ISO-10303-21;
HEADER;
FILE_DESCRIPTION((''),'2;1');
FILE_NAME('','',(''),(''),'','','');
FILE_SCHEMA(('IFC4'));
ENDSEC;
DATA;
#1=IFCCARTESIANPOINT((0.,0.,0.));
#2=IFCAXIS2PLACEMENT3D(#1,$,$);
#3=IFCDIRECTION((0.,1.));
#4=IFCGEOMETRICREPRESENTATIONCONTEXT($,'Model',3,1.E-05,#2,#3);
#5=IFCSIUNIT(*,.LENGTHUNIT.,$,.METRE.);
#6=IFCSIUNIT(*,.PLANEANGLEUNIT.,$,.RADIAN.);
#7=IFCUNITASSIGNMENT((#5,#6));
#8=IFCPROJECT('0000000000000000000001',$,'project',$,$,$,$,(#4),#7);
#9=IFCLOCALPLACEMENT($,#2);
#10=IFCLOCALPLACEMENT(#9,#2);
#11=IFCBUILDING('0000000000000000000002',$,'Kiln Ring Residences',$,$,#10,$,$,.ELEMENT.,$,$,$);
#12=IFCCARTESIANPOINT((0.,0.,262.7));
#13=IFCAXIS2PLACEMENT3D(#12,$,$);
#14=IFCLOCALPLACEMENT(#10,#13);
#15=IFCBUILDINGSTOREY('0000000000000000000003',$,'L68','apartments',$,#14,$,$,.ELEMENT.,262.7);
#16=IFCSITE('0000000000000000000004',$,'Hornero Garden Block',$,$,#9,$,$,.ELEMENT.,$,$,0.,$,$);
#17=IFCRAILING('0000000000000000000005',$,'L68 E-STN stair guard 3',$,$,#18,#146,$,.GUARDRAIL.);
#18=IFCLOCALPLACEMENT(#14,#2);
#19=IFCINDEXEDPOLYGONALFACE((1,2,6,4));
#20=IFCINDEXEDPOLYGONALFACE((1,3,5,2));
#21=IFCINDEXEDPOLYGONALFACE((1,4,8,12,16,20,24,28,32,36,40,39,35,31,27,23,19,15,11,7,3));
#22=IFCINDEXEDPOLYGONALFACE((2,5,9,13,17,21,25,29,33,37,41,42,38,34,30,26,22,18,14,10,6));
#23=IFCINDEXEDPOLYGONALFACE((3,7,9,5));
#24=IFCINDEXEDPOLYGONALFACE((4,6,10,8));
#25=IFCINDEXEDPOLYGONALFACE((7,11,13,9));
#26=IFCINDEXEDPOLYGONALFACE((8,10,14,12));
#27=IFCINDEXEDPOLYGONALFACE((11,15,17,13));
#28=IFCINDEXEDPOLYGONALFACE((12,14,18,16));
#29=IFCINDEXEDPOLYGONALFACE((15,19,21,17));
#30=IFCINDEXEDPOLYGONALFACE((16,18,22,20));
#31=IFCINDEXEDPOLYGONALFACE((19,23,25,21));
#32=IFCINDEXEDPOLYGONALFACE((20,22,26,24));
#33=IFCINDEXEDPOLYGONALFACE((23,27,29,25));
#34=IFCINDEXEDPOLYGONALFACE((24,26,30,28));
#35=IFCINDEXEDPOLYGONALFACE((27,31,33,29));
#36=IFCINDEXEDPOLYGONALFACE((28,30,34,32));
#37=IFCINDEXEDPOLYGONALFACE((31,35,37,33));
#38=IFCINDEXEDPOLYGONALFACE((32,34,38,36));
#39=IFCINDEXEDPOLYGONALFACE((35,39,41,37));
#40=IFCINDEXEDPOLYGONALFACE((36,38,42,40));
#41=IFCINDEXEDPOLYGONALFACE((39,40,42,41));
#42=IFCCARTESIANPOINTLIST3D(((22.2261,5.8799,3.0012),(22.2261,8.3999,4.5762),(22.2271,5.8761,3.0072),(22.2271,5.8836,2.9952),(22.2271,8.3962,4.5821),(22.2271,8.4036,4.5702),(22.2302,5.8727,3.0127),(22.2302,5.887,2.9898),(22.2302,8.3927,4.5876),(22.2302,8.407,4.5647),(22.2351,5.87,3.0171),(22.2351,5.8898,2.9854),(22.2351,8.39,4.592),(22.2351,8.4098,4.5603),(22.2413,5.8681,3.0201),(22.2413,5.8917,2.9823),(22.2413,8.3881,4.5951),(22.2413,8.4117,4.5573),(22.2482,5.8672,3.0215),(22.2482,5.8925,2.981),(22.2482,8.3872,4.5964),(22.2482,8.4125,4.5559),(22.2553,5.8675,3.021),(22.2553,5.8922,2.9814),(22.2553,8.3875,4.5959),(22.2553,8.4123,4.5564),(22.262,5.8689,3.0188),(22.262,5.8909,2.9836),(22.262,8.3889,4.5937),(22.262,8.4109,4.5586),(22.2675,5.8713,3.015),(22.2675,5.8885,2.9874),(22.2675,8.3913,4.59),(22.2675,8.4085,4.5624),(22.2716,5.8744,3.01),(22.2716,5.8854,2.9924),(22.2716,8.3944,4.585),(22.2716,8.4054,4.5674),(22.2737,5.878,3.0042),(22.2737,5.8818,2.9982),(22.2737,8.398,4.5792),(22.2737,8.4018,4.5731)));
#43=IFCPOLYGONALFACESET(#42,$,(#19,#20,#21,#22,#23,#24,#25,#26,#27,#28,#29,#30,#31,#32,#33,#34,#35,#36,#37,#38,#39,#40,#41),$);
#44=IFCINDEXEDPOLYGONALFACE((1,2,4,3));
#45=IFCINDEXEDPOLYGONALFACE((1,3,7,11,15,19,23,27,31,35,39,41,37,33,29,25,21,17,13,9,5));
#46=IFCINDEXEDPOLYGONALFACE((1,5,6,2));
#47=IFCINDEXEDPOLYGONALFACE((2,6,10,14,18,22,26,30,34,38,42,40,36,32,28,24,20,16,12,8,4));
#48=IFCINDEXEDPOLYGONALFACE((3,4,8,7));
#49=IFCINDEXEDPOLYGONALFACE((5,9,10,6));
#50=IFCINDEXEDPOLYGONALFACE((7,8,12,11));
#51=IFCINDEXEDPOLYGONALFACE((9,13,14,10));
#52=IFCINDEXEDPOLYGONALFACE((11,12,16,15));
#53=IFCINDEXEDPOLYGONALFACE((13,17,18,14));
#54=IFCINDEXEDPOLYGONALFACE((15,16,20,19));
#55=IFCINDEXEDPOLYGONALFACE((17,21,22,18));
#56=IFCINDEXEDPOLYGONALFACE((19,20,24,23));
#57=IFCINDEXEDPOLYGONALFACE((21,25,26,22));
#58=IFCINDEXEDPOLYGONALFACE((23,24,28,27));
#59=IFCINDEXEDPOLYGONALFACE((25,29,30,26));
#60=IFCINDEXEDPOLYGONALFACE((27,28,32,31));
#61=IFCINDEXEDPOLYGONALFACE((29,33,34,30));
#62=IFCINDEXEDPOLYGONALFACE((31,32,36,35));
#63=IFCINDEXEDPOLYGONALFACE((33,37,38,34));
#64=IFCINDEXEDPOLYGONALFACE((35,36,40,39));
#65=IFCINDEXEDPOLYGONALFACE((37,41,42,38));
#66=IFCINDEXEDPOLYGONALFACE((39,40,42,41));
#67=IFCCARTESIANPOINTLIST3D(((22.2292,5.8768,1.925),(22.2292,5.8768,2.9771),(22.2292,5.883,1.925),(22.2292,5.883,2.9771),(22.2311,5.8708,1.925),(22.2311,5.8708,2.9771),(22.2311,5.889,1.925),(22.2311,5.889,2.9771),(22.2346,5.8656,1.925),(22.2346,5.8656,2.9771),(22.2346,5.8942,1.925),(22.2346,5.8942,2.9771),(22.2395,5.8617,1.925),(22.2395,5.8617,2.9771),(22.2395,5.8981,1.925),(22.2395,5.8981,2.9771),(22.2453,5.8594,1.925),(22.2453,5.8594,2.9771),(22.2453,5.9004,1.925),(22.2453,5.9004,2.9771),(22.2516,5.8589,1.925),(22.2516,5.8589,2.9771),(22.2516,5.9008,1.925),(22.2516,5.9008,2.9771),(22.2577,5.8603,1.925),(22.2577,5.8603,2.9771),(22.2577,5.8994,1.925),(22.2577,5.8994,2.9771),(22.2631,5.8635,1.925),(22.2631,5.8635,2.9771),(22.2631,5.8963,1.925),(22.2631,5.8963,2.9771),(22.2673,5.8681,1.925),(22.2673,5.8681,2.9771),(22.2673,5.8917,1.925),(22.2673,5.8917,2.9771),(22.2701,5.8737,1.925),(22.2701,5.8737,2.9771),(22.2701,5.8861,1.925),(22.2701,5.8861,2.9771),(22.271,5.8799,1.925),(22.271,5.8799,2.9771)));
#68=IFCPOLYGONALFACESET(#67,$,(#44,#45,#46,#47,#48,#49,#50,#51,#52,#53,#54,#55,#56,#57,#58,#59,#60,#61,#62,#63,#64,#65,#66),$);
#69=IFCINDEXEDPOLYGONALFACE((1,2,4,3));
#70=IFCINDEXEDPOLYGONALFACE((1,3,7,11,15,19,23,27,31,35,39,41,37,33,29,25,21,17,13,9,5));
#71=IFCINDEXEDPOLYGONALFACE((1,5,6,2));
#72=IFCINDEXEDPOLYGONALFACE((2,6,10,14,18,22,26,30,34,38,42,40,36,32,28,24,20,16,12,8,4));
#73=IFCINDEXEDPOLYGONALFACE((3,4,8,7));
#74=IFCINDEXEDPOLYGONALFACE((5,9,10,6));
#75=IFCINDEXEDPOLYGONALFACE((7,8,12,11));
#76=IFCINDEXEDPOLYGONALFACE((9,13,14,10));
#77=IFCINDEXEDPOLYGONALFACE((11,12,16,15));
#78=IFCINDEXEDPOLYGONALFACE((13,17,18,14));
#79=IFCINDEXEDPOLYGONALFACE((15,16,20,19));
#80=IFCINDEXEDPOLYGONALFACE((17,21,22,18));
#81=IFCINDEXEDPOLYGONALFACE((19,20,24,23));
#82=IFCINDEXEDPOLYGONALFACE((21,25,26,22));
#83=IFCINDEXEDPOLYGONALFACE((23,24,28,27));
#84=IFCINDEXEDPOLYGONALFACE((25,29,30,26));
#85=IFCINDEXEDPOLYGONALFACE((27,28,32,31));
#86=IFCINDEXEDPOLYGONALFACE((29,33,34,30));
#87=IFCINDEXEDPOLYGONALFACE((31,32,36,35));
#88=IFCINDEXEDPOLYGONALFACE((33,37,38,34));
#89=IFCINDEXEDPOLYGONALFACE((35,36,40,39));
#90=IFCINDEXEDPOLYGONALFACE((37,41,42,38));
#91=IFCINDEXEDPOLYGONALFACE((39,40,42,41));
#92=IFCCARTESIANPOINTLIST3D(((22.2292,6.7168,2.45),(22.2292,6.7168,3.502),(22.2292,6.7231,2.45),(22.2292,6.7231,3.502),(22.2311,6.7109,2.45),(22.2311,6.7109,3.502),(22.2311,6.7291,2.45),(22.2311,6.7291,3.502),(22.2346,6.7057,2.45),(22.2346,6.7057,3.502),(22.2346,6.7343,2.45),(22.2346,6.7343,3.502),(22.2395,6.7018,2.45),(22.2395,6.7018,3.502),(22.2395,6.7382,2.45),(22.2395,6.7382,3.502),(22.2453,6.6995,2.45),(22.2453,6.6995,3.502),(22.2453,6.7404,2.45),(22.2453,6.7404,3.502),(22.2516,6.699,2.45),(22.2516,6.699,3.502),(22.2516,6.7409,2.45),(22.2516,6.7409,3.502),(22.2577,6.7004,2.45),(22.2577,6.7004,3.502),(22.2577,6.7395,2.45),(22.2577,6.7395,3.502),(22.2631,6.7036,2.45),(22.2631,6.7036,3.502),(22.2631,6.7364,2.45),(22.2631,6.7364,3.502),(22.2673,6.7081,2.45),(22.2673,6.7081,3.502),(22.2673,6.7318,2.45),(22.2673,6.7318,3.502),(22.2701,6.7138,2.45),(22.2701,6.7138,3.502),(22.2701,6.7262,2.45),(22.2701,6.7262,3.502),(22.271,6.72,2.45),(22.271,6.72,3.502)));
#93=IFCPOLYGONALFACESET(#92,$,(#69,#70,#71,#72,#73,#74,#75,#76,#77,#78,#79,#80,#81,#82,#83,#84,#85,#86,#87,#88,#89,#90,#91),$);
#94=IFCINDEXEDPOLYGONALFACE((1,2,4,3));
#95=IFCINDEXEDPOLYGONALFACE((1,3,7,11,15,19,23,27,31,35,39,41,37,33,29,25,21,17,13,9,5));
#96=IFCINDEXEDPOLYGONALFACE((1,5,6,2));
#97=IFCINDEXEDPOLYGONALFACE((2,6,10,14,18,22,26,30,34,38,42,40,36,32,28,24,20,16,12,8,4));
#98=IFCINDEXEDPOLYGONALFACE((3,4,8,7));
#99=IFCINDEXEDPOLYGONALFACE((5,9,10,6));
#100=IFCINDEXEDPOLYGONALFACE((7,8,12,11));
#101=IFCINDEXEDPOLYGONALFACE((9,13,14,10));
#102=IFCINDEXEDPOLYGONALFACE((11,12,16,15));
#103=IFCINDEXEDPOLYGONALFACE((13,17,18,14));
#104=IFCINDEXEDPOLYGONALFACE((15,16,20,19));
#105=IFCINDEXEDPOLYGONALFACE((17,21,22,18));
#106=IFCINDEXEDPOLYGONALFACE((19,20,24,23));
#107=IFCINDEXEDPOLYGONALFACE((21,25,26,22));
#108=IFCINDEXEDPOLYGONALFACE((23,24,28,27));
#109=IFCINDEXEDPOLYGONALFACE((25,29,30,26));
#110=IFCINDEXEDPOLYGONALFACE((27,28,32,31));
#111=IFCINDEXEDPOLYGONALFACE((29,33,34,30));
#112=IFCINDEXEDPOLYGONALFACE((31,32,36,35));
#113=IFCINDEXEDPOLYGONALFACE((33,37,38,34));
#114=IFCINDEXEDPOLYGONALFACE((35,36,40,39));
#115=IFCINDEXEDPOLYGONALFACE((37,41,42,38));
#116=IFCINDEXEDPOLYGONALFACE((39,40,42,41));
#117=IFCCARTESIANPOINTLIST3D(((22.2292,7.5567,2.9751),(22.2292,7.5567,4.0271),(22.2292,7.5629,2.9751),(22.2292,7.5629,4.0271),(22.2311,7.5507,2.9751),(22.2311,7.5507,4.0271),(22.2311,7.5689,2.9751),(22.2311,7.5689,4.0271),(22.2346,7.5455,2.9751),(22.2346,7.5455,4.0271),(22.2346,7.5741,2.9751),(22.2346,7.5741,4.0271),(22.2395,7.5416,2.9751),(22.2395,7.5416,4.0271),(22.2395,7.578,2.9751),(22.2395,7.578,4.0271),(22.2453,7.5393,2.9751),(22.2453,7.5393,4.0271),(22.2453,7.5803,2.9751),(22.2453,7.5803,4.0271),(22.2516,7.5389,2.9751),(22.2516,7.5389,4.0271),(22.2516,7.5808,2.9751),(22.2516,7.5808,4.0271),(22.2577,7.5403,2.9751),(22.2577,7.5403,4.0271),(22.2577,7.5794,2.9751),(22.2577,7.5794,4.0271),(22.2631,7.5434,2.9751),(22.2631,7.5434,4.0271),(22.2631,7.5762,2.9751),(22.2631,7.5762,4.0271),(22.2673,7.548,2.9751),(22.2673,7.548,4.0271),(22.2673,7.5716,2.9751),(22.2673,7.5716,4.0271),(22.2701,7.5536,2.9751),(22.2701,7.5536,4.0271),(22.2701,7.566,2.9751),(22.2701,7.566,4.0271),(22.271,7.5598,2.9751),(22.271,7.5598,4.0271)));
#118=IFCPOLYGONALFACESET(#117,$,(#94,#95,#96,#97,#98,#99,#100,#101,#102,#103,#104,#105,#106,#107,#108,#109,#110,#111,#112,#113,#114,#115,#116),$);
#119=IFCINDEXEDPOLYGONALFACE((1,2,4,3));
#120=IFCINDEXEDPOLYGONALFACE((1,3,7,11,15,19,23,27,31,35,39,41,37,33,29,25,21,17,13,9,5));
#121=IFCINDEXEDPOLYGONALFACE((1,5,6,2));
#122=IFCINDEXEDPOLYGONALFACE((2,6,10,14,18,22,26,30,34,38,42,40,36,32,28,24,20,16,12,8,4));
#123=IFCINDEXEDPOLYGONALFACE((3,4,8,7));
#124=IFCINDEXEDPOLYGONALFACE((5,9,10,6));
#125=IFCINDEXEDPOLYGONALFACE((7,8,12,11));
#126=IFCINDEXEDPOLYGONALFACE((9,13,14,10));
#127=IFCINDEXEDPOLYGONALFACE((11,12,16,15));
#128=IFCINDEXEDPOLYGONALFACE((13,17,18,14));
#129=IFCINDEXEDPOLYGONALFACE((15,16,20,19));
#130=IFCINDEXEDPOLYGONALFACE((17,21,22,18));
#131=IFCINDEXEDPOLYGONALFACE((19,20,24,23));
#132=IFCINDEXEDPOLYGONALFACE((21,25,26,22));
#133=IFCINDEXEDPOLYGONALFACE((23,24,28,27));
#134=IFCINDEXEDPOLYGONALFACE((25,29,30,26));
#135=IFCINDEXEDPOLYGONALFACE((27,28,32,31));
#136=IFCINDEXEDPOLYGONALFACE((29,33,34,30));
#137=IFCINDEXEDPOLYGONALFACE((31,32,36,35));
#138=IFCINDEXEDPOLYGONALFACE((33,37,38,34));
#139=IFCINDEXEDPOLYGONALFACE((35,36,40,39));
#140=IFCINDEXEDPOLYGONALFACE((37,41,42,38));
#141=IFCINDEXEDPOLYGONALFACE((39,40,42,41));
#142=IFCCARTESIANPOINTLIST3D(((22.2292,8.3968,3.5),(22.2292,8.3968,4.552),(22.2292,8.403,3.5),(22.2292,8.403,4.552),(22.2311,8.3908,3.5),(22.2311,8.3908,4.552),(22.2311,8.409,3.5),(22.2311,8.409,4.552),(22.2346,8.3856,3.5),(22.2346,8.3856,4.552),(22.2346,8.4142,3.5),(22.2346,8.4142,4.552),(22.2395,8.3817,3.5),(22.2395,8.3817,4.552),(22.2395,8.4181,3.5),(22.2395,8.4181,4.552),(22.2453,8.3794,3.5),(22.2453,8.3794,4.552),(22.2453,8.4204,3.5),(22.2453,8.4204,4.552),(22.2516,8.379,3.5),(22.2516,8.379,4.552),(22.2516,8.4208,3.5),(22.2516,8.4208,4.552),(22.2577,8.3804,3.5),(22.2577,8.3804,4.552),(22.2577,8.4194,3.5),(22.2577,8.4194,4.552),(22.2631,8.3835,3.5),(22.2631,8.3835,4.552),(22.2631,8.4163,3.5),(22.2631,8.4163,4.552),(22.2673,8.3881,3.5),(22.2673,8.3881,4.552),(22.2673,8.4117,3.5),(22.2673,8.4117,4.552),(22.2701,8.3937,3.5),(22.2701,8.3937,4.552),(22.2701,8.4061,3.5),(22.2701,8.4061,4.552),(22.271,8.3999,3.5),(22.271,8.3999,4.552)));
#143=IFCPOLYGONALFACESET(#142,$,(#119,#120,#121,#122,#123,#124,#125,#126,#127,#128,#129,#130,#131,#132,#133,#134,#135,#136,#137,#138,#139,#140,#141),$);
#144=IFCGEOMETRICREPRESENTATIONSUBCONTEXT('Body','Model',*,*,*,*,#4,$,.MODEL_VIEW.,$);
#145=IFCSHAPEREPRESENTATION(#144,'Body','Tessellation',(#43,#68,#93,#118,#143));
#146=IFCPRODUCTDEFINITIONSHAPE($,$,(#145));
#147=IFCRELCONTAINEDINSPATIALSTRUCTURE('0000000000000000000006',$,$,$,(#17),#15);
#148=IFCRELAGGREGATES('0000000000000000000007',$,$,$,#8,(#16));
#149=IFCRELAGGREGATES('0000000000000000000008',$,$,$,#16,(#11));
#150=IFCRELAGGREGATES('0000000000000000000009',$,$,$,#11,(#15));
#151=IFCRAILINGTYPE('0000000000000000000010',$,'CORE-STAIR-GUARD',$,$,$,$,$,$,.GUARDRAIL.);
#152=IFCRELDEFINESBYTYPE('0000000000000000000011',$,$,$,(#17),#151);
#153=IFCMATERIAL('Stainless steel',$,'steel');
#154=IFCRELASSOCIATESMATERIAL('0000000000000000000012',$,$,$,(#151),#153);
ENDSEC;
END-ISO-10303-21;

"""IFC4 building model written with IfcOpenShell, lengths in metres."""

from ifc_helpers import new_model, si_unit, direction, frame, origin, origin_2d, place, context, subcontext, project, spatial, circle, extrude, material, type_object, element, save


model = new_model("IFC4")

# Units and contexts
model_context = context("Model", 3, precision=1e-05, world=origin(), true_north=direction((0.0, 1.0)))
body_context = subcontext(model_context, "Body", "Model", "MODEL_VIEW")
ifc_project = project(units=[si_unit("LENGTHUNIT", "METRE"), si_unit("PLANEANGLEUNIT", "RADIAN")], contexts=[model_context])

# Site, building, storey
site_placement = place(None, origin())
site = spatial("IfcSite", under=ifc_project, at=site_placement, Name="Hornero Garden Block", CompositionType="ELEMENT", RefElevation=0.0)
building_placement = place(site_placement, origin())
building = spatial("IfcBuilding", under=site, at=building_placement, Name="Kiln Ring Residences", CompositionType="ELEMENT")
storey_placement = place(building_placement, frame((0.0, 0.0, 262.7)))
storey = spatial("IfcBuildingStorey", under=building, at=storey_placement, Name="L68", Description="apartments", CompositionType="ELEMENT", Elevation=262.7)

# Railing
ifc_material_1 = material(Name="Stainless steel", Category="steel")
railing_type_1 = type_object("IfcRailingType", Name="CORE-STAIR-GUARD", PredefinedType="GUARDRAIL", material=ifc_material_1)
railing_1_placement = place(storey_placement, frame((22.25, 5.8799, 1.925)))
element("IfcRailing", 1, at=railing_1_placement, inside=storey, type_object=railing_type_1, Name="L68 E-STN stair guard 3", PredefinedType="GUARDRAIL", context=body_context, shape_type="SweptSolid", body=[
    extrude(circle(Radius=0.0239, at=origin_2d()), frame((0.0, 0.0, 1.0762), z_axis=(0.0, 0.848008, 0.529984), x_axis=(-1.0, 0.0, 0.0)), (0.0, 0.0, 1.0), 2.9717),
    extrude(circle(Radius=0.021, at=origin_2d()), origin(), (0.0, 0.0, 1.0), 1.052),
    extrude(circle(Radius=0.021, at=origin_2d()), frame((0.0, 0.8401, 0.5249)), (0.0, 0.0, 1.0), 1.052),
    extrude(circle(Radius=0.021, at=origin_2d()), frame((0.0, 1.6799, 1.05)), (0.0, 0.0, 1.0), 1.052),
    extrude(circle(Radius=0.021, at=origin_2d()), frame((0.0, 2.52, 1.575)), (0.0, 0.0, 1.0), 1.052),
])

save(model, "model.ifc")
